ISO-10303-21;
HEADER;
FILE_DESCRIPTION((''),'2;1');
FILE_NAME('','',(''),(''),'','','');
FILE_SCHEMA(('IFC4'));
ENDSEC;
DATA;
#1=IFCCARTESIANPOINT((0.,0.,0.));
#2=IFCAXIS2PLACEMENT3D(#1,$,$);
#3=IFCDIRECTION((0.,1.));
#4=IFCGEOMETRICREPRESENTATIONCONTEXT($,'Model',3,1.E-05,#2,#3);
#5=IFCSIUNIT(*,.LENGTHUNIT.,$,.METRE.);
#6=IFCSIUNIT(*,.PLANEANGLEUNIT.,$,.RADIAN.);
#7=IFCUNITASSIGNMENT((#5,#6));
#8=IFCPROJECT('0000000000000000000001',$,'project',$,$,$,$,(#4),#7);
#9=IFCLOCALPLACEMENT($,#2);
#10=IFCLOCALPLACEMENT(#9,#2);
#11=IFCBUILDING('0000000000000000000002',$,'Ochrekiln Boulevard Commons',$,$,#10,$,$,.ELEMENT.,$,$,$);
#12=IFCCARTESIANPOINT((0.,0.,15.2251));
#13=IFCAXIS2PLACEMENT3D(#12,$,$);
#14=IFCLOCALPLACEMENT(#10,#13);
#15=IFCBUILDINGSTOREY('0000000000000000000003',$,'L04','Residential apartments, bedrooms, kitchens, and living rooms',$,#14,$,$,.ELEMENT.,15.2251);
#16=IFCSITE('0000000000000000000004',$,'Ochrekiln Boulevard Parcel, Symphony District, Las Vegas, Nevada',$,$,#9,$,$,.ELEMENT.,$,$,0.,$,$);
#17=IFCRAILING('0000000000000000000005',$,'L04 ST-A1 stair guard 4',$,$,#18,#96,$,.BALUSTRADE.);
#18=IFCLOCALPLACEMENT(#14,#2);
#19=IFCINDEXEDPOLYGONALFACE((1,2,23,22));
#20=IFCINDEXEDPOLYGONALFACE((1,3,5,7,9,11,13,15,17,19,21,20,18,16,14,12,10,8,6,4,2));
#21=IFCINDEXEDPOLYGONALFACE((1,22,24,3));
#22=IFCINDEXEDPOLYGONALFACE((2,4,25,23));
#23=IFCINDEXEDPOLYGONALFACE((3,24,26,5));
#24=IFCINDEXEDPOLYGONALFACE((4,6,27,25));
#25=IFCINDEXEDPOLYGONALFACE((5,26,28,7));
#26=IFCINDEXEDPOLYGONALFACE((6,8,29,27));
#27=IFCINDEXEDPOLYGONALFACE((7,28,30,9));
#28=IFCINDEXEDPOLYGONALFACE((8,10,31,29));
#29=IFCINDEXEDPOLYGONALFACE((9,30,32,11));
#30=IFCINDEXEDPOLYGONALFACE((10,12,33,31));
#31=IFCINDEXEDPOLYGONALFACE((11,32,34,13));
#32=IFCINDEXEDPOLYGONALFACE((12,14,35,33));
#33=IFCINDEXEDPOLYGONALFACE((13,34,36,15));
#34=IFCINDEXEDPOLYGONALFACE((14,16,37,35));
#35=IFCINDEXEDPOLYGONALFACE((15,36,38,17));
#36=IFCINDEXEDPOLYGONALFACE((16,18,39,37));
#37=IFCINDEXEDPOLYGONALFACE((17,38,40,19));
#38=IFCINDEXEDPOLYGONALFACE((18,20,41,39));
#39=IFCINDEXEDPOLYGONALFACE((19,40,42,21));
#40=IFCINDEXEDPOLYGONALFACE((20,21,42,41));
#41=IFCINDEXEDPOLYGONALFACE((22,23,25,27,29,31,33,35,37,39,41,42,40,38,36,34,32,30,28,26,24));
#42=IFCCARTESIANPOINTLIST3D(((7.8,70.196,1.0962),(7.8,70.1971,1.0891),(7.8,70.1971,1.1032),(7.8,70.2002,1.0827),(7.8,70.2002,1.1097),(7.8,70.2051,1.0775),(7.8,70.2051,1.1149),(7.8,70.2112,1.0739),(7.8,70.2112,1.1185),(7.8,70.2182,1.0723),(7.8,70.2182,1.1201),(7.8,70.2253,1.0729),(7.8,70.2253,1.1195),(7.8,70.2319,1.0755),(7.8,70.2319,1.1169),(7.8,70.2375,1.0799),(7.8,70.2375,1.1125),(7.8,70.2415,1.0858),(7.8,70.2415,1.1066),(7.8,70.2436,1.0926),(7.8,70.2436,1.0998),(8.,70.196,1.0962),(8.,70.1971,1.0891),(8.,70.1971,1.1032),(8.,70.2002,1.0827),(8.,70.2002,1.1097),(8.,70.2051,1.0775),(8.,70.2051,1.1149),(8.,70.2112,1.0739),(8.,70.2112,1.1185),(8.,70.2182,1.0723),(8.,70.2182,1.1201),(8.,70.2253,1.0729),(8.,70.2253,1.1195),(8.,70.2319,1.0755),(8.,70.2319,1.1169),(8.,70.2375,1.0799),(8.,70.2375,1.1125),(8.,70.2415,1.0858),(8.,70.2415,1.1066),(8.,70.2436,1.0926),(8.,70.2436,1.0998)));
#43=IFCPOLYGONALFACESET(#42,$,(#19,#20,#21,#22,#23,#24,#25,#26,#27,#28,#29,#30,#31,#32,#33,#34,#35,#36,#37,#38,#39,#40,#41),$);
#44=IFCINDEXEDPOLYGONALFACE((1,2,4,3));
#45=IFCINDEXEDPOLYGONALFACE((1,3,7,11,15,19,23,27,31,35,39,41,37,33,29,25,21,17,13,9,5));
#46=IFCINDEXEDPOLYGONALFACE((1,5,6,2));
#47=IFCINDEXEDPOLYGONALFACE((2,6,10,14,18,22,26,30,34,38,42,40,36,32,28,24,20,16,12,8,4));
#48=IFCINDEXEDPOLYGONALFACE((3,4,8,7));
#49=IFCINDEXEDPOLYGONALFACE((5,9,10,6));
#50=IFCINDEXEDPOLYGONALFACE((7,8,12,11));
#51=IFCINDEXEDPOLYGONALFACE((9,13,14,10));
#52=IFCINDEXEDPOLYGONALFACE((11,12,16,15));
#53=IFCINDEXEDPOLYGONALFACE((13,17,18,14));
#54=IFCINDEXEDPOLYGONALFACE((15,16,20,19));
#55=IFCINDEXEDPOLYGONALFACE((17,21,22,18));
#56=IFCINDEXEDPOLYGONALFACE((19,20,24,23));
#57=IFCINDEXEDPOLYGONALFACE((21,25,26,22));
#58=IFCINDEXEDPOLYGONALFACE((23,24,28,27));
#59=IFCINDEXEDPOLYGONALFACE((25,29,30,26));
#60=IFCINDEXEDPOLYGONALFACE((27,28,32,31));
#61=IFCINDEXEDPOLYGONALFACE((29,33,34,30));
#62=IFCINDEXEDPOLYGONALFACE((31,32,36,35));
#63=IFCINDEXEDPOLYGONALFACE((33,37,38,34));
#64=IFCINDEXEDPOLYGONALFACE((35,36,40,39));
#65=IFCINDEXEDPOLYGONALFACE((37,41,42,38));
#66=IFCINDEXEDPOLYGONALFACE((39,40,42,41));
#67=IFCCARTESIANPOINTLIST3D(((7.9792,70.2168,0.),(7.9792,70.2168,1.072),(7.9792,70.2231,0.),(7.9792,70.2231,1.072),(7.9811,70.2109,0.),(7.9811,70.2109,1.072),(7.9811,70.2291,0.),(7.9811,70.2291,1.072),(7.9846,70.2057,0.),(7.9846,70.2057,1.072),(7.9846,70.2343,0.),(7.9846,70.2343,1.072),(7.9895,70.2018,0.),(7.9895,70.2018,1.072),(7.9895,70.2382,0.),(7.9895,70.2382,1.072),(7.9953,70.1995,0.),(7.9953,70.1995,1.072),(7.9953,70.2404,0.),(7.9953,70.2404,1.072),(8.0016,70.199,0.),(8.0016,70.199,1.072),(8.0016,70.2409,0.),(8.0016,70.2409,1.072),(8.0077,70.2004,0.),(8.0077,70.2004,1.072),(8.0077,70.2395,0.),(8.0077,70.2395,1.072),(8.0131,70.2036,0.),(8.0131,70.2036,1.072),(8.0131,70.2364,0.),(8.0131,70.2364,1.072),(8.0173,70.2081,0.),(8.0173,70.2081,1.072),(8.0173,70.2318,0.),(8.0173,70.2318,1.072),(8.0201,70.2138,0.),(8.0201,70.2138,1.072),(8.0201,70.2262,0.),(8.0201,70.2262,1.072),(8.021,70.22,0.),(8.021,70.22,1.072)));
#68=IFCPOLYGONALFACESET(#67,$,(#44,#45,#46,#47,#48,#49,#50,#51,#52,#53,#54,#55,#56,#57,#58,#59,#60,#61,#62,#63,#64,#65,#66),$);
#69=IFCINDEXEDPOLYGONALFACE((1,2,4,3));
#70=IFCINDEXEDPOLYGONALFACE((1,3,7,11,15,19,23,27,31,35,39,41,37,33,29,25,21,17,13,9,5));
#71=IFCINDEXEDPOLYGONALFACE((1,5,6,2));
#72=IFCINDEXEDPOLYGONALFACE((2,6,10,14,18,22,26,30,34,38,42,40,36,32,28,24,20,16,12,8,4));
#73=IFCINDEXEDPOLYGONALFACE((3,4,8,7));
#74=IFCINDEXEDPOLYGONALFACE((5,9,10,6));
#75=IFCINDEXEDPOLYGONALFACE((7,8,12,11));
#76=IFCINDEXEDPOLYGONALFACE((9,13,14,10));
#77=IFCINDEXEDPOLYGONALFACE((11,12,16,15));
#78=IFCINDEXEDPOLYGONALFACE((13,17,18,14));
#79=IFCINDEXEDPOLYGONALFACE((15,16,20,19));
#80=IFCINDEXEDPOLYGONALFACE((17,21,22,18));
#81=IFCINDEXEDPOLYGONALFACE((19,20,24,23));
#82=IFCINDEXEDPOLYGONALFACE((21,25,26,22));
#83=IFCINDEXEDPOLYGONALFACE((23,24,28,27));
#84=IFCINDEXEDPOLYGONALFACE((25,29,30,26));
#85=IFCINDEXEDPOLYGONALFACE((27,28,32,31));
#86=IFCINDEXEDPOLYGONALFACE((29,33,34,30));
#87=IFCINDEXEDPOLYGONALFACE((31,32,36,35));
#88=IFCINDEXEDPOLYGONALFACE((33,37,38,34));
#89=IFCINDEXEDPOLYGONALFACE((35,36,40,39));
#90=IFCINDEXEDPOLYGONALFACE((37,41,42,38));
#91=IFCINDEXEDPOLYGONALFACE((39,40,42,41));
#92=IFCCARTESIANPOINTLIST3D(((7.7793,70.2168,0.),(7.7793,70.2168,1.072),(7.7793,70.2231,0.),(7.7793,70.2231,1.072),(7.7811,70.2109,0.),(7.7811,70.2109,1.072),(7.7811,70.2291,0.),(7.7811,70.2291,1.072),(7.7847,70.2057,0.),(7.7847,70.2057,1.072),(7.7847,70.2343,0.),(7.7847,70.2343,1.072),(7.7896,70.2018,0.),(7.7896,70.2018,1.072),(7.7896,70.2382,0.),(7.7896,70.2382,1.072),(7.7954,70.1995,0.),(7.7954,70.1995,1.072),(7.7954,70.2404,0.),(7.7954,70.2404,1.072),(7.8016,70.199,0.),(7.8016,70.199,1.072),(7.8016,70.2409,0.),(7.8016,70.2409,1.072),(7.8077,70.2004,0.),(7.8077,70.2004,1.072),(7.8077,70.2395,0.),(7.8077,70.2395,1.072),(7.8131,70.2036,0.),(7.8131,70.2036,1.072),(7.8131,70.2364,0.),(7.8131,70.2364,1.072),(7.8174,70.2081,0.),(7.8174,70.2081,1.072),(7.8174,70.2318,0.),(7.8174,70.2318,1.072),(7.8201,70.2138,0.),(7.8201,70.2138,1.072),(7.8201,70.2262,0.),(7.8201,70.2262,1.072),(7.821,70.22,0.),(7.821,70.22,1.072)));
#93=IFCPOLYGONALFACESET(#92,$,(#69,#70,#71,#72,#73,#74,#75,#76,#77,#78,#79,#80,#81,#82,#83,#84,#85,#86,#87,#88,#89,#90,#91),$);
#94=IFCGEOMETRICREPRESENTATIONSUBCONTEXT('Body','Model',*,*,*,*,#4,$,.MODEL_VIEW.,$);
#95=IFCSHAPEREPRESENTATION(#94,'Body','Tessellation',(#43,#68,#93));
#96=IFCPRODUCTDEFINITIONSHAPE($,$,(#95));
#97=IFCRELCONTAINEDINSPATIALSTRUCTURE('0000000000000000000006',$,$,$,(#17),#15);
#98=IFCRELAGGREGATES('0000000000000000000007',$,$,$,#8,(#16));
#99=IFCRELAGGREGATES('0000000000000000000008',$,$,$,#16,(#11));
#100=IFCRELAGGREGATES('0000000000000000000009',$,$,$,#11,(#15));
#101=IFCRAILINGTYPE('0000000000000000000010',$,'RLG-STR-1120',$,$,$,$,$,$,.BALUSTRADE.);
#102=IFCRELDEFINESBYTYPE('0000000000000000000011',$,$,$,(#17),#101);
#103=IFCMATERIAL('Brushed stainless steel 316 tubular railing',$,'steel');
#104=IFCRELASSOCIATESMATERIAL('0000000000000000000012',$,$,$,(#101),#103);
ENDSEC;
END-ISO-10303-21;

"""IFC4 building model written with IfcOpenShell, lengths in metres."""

from ifc_helpers import new_model, si_unit, direction, frame, origin, origin_2d, place, context, subcontext, project, spatial, circle, extrude, material, type_object, element, save


model = new_model("IFC4")

# Units and contexts
model_context = context("Model", 3, precision=1e-05, world=origin(), true_north=direction((0.0, 1.0)))
body_context = subcontext(model_context, "Body", "Model", "MODEL_VIEW")
ifc_project = project(units=[si_unit("LENGTHUNIT", "METRE"), si_unit("PLANEANGLEUNIT", "RADIAN")], contexts=[model_context])

# Site, building, storey
site_placement = place(None, origin())
site = spatial("IfcSite", under=ifc_project, at=site_placement, Name="Ochrekiln Boulevard Parcel, Symphony District, Las Vegas, Nevada", CompositionType="ELEMENT", RefElevation=0.0)
building_placement = place(site_placement, origin())
building = spatial("IfcBuilding", under=site, at=building_placement, Name="Ochrekiln Boulevard Commons", CompositionType="ELEMENT")
storey_placement = place(building_placement, frame((0.0, 0.0, 15.2251)))
storey = spatial("IfcBuildingStorey", under=building, at=storey_placement, Name="L04", Description="Residential apartments, bedrooms, kitchens, and living rooms", CompositionType="ELEMENT", Elevation=15.2251)

# Railing
ifc_material_1 = material(Name="Brushed stainless steel 316 tubular railing", Category="steel")
railing_type_1 = type_object("IfcRailingType", Name="RLG-STR-1120", PredefinedType="BALUSTRADE", material=ifc_material_1)
railing_1_placement = place(storey_placement, frame((8.0, 70.22, 0.0)))
element("IfcRailing", 1, at=railing_1_placement, inside=storey, type_object=railing_type_1, Name="L04 ST-A1 stair guard 4", PredefinedType="BALUSTRADE", context=body_context, shape_type="SweptSolid", body=[
    extrude(circle(Radius=0.0239, at=origin_2d()), frame((0.0, 0.0, 1.0962), z_axis=(-1.0, 0.0, 0.0), x_axis=(0.0, -1.0, 0.0)), (0.0, 0.0, 1.0), 0.2),
    extrude(circle(Radius=0.021, at=origin_2d()), origin(), (0.0, 0.0, 1.0), 1.072),
    extrude(circle(Radius=0.021, at=origin_2d()), frame((-0.2, 0.0, 0.0)), (0.0, 0.0, 1.0), 1.072),
])

save(model, "model.ifc")
